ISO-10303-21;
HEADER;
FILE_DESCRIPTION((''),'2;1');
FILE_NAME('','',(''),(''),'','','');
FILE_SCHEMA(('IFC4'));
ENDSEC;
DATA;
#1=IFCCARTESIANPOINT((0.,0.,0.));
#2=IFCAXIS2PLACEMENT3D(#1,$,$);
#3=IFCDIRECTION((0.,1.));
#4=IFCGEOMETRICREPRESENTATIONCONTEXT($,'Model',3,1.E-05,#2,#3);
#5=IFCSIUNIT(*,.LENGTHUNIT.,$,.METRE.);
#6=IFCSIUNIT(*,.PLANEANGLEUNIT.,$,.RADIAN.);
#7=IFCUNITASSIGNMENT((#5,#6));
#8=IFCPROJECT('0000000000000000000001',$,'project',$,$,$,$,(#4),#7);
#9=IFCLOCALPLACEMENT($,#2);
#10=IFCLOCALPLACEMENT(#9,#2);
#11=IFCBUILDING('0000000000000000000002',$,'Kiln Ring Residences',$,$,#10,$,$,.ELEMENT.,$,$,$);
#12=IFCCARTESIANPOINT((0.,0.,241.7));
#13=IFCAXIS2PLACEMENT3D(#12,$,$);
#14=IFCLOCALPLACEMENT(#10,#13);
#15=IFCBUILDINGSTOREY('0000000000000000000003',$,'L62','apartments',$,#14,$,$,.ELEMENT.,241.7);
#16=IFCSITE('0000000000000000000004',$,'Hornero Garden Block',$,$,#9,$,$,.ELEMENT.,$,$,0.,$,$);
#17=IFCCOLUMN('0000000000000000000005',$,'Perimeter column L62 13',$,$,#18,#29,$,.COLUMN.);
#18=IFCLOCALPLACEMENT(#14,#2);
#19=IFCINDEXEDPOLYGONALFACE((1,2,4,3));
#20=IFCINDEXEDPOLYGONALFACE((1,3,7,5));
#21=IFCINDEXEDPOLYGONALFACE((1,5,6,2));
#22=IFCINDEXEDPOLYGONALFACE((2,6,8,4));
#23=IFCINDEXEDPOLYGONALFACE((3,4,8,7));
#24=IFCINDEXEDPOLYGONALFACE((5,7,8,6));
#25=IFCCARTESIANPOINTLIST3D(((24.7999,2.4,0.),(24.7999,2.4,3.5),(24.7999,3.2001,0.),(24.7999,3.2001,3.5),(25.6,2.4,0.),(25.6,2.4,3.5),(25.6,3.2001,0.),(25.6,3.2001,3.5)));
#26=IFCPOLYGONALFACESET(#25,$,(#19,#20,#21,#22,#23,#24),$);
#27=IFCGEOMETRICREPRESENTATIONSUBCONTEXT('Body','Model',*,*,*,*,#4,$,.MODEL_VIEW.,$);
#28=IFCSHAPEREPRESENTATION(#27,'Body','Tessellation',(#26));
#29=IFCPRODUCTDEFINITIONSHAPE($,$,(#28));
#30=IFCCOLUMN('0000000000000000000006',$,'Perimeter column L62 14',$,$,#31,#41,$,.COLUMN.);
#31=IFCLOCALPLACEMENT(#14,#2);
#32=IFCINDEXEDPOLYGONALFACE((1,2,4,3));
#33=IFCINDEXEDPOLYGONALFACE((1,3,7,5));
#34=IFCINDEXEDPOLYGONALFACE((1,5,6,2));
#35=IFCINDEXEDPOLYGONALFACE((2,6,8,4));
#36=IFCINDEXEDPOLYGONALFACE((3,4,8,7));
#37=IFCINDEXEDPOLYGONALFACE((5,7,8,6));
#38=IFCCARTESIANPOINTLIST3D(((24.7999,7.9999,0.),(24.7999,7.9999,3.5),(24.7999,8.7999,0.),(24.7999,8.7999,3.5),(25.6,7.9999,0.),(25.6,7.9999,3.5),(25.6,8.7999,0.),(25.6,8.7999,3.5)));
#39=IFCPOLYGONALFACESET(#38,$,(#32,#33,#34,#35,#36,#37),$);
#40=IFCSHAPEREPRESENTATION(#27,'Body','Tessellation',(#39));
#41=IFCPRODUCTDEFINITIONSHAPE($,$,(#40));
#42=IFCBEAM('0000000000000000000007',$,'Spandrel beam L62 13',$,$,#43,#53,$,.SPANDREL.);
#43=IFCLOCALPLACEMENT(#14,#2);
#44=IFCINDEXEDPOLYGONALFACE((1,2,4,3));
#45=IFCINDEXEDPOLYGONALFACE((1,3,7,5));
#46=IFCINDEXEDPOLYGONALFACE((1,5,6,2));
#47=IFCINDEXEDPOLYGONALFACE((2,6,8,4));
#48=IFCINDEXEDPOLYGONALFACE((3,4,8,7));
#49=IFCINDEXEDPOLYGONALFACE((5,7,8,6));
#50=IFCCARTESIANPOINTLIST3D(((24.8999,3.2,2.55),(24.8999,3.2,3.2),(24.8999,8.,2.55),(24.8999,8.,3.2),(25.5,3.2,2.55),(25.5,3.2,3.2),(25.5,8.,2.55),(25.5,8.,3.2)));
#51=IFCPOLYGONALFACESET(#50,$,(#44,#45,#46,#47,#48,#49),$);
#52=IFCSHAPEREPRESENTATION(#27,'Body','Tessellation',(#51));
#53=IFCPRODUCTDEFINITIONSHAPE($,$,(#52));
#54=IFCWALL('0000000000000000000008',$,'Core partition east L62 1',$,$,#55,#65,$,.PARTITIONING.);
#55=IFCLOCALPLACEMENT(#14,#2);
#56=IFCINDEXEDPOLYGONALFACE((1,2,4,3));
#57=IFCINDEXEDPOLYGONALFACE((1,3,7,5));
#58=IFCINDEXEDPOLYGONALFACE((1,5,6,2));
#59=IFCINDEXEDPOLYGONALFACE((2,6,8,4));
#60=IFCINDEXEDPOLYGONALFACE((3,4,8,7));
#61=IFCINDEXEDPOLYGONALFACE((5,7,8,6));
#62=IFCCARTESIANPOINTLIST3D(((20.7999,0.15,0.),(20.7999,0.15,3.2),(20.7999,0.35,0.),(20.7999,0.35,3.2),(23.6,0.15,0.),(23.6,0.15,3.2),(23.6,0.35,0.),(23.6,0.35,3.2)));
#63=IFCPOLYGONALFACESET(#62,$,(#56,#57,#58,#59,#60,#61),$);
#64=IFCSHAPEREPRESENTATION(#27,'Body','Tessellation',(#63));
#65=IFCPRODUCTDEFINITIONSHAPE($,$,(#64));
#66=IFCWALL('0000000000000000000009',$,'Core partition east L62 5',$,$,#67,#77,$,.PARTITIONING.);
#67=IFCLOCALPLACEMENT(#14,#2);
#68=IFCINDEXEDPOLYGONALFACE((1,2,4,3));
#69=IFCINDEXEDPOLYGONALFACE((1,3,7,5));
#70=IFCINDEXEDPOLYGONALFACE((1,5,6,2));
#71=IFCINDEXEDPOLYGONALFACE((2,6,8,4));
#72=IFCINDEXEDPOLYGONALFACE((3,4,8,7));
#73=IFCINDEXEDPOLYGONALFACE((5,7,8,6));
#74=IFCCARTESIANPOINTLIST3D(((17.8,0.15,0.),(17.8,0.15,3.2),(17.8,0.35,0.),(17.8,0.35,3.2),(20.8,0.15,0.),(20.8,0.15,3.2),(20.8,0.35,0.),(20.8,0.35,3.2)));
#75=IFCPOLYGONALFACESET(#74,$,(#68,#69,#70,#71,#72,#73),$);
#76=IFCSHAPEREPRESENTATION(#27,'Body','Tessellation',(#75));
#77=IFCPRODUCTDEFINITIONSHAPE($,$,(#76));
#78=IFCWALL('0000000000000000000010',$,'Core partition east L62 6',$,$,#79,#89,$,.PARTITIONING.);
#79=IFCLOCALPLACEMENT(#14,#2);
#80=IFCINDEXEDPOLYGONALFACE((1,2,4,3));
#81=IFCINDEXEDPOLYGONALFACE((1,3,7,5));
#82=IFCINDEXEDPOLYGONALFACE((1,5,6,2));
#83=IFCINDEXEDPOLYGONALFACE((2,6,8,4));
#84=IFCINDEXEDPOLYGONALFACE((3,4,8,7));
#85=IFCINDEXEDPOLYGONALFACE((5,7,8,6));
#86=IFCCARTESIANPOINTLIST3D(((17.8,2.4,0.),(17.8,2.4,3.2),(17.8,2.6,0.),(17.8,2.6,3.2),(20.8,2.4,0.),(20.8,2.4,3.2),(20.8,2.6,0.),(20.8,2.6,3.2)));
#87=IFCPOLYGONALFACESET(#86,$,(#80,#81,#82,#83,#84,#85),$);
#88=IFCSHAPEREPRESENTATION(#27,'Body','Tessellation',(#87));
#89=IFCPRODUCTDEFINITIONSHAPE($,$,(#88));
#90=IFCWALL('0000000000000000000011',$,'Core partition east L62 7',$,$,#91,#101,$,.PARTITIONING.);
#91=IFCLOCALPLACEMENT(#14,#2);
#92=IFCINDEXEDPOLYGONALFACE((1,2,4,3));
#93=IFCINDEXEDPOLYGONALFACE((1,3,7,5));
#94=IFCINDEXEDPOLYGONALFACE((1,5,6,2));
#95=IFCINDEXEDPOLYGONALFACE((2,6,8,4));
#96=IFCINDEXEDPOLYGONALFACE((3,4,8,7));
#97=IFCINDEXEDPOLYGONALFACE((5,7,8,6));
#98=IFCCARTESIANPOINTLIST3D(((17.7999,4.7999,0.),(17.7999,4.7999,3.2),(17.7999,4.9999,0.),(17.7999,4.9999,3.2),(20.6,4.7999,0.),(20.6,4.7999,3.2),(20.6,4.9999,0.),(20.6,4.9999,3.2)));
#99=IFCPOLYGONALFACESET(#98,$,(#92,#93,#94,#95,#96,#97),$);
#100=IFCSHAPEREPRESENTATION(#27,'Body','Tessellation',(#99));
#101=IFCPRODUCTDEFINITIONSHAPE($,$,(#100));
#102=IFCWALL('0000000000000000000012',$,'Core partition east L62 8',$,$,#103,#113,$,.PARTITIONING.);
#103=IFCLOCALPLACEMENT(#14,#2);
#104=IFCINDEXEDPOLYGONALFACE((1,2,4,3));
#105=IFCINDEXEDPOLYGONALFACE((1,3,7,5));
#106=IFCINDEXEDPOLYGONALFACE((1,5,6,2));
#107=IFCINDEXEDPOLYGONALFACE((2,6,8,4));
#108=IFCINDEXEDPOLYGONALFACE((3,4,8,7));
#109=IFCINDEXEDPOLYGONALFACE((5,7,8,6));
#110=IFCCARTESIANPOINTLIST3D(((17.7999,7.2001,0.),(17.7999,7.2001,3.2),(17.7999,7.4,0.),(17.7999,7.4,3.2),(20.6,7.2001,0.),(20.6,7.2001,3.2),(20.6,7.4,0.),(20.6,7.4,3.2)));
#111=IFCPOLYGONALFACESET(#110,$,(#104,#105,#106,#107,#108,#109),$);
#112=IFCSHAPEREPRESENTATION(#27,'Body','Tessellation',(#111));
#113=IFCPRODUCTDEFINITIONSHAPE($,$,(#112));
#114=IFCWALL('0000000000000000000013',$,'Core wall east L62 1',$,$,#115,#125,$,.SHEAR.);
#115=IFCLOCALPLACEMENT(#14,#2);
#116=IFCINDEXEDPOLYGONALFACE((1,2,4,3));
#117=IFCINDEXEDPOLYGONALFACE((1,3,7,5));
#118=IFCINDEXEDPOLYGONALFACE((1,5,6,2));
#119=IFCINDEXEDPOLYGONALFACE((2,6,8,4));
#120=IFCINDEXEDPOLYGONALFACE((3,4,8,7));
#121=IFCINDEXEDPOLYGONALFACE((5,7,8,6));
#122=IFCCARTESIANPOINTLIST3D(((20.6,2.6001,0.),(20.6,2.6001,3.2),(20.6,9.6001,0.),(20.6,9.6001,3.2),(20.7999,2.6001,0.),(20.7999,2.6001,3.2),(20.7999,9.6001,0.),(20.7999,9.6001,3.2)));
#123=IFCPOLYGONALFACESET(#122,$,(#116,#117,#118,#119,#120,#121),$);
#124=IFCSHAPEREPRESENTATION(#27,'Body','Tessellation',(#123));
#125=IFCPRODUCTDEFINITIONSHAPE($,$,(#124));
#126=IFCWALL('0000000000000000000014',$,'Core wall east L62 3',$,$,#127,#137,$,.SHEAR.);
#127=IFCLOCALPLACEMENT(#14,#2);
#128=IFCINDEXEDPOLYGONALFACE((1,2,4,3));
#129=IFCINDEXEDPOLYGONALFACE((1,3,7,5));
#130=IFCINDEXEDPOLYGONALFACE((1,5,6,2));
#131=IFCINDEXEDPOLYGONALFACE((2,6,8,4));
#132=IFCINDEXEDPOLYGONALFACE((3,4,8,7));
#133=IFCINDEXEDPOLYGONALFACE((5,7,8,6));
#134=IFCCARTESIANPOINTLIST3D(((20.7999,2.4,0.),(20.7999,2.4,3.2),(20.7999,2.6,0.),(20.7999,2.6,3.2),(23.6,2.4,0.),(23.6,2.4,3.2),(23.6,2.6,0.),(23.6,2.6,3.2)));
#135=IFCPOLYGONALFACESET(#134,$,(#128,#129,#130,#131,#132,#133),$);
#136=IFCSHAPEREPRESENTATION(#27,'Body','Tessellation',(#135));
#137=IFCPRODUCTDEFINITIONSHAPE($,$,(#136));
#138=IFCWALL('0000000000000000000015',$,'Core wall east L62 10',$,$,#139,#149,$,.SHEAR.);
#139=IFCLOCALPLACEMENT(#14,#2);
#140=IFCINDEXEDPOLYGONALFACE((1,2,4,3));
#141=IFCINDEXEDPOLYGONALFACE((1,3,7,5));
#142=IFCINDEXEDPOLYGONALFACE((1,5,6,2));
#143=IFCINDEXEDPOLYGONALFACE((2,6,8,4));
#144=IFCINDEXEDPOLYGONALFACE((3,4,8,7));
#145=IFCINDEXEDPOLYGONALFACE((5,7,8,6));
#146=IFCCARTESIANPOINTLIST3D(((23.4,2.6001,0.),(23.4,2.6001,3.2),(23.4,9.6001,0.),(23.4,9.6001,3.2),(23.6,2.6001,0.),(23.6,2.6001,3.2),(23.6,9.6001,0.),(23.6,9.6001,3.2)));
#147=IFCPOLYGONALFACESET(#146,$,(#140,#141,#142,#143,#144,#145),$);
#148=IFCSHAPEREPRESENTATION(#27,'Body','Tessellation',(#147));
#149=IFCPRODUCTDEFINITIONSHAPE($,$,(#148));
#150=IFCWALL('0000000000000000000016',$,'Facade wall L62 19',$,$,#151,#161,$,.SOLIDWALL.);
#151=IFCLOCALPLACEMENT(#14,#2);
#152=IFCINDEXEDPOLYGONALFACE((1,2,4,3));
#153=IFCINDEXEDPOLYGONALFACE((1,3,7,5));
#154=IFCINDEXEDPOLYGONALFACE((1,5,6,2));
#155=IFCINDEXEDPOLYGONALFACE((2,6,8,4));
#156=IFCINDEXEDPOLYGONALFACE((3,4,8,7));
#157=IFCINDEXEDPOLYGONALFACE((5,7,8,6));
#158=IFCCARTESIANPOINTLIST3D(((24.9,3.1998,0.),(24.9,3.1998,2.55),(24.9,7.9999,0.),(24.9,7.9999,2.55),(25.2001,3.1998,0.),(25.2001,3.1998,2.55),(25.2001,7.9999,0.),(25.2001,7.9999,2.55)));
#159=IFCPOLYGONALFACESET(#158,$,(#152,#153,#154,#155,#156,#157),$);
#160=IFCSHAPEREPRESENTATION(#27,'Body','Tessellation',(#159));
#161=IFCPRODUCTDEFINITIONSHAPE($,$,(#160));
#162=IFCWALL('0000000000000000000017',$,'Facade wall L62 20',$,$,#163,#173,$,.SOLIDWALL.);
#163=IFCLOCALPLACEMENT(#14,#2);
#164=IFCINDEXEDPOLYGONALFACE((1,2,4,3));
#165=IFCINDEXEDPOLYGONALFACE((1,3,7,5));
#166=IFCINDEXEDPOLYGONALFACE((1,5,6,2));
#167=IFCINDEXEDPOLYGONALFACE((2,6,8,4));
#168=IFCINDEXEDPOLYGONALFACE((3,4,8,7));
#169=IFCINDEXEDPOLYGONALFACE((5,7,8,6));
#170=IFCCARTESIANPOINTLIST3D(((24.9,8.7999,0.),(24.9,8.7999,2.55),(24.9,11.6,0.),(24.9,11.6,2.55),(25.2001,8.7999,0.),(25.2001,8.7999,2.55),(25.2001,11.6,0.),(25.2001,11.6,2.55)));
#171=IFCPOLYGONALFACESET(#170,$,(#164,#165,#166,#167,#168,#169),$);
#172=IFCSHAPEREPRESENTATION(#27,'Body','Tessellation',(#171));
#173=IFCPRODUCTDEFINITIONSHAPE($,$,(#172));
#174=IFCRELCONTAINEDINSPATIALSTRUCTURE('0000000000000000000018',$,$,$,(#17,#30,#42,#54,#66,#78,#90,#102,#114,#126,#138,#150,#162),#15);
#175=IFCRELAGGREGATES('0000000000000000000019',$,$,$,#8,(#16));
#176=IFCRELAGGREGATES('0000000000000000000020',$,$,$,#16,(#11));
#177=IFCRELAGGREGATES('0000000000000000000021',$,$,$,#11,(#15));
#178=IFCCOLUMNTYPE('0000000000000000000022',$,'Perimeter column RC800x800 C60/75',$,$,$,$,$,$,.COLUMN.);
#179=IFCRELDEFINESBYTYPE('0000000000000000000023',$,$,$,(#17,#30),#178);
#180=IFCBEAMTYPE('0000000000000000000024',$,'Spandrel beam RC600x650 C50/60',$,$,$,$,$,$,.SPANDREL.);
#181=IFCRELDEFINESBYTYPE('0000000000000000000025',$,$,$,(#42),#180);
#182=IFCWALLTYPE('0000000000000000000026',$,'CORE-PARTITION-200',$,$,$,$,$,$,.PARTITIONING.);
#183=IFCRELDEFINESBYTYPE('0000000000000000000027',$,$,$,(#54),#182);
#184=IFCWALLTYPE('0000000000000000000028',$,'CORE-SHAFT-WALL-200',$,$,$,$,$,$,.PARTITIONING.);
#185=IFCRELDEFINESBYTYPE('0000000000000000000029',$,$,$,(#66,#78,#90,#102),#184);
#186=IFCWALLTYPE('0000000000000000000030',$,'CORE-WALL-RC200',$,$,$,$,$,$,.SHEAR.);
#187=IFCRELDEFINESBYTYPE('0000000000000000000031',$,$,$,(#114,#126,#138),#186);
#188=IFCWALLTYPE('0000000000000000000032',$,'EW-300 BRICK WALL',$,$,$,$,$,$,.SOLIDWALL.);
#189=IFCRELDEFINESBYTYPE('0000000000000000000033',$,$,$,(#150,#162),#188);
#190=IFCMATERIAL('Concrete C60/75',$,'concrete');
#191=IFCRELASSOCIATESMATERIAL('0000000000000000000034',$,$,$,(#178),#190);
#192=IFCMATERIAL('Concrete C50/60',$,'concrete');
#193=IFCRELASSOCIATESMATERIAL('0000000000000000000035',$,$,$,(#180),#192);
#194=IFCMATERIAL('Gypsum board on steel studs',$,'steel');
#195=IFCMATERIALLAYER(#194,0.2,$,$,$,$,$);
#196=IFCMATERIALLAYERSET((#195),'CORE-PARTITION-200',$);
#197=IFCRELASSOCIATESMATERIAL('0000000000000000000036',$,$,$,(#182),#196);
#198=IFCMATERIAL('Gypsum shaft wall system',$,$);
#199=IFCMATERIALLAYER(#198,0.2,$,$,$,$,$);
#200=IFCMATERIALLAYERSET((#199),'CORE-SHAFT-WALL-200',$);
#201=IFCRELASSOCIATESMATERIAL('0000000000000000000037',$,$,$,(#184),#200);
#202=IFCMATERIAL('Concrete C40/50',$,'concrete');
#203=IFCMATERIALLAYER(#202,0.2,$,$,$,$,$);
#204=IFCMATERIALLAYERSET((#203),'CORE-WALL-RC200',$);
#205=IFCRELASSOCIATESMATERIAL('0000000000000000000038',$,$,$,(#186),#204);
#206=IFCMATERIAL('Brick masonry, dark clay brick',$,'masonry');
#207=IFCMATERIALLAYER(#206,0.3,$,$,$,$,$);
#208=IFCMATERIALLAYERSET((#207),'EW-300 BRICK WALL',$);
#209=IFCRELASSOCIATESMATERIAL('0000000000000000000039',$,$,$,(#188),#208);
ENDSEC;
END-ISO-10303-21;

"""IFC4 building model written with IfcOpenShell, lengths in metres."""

from ifc_helpers import new_model, si_unit, direction, frame, frame_2d, origin, origin_2d, place, context, subcontext, project, spatial, rectangle, extrude, material, layer, layer_set, material_profile, profile_set, type_object, element, save


model = new_model("IFC4")

# Units and contexts
model_context = context("Model", 3, precision=1e-05, world=origin(), true_north=direction((0.0, 1.0)))
body_context = subcontext(model_context, "Body", "Model", "MODEL_VIEW")
ifc_project = project(units=[si_unit("LENGTHUNIT", "METRE"), si_unit("PLANEANGLEUNIT", "RADIAN")], contexts=[model_context])

# Site, building, storey
site_placement = place(None, origin())
site = spatial("IfcSite", under=ifc_project, at=site_placement, Name="Hornero Garden Block", CompositionType="ELEMENT", RefElevation=0.0)
building_placement = place(site_placement, origin())
building = spatial("IfcBuilding", under=site, at=building_placement, Name="Kiln Ring Residences", CompositionType="ELEMENT")
storey_placement = place(building_placement, frame((0.0, 0.0, 241.7)))
storey = spatial("IfcBuildingStorey", under=building, at=storey_placement, Name="L62", Description="apartments", CompositionType="ELEMENT", Elevation=241.7)

# Columns
ifc_material_1 = material(Name="Concrete C60/75", Category="concrete")
ifc_material_profile_1 = material_profile(ifc_material_1, rectangle(XDim=0.8, YDim=0.8, at=origin_2d()), Name="RC800x800")
ifc_profile_set_1 = profile_set([ifc_material_profile_1], Name="Concrete C60/75")
column_type = type_object("IfcColumnType", Name="Perimeter column RC800x800 C60/75", PredefinedType="COLUMN", material=ifc_profile_set_1)
for number, where, z_axis, x_axis, name in (
    (1, (25.2, 2.8, 0.0), (0.0, 0.0, 1.0), (1.0, 0.0, 0.0), "Perimeter column L62 13"),
    (2, (25.2, 8.3999, 0.0), (0.0, 0.0, 1.0), (1.0, 0.0, 0.0), "Perimeter column L62 14"),
):
    element("IfcColumn", number, at=place(storey_placement, frame(where, z_axis=z_axis, x_axis=x_axis)), inside=storey, type_object=column_type, Name=name, PredefinedType="COLUMN", context=body_context, shape_type="SweptSolid", body=[
        extrude(rectangle(XDim=0.8, YDim=0.8, at=origin_2d()), origin(), (0.0, 0.0, 1.0), 3.5),
    ])

# Beam
ifc_material_2 = material(Name="Concrete C50/60", Category="concrete")
ifc_material_profile_2 = material_profile(ifc_material_2, rectangle(XDim=0.6001, YDim=0.6499, at=origin_2d()), Name="RC600x650")
ifc_profile_set_2 = profile_set([ifc_material_profile_2], Name="Concrete C50/60")
beam_type = type_object("IfcBeamType", Name="Spandrel beam RC600x650 C50/60", PredefinedType="SPANDREL", material=ifc_profile_set_2)
beam_placement = place(storey_placement, frame((25.2, 3.2, 2.875), z_axis=(0.0, 1.0, 0.0), x_axis=(-1.0, 0.0, 0.0)))
element("IfcBeam", 3, at=beam_placement, inside=storey, type_object=beam_type, Name="Spandrel beam L62 13", PredefinedType="SPANDREL", context=body_context, shape_type="SweptSolid", body=[
    extrude(rectangle(XDim=0.6001, YDim=0.6499, at=origin_2d()), origin(), (0.0, 0.0, 1.0), 4.8),
])

# Walls
ifc_material_3 = material(Name="Gypsum board on steel studs", Category="steel")
ifc_layer_1 = layer(ifc_material_3, 0.2)
ifc_layer_set_1 = layer_set([ifc_layer_1], Name="CORE-PARTITION-200")
wall_type_1 = type_object("IfcWallType", Name="CORE-PARTITION-200", PredefinedType="PARTITIONING", material=ifc_layer_set_1)
wall_1_placement = place(storey_placement, frame((20.8, 0.25, 0.0), z_axis=(0.0, 0.0, 1.0), x_axis=(1.0, 0.0, 0.0)))
element("IfcWall", 4, at=wall_1_placement, inside=storey, type_object=wall_type_1, Name="Core partition east L62 1", PredefinedType="PARTITIONING", context=body_context, shape_type="SweptSolid", body=[
    extrude(rectangle(XDim=2.8, YDim=0.2, at=frame_2d((1.3999, 0.0))), origin(), (0.0, 0.0, 1.0), 3.2),
])
ifc_material_4 = material(Name="Gypsum shaft wall system")
ifc_layer_2 = layer(ifc_material_4, 0.2)
ifc_layer_set_2 = layer_set([ifc_layer_2], Name="CORE-SHAFT-WALL-200")
wall_type_2 = type_object("IfcWallType", Name="CORE-SHAFT-WALL-200", PredefinedType="PARTITIONING", material=ifc_layer_set_2)
for number, where, z_axis, x_axis, name in (
    (5, (17.8, 0.25, 0.0), (0.0, 0.0, 1.0), (1.0, 0.0, 0.0), "Core partition east L62 5"),
    (6, (17.8, 2.5, 0.0), (0.0, 0.0, 1.0), (1.0, 0.0, 0.0), "Core partition east L62 6"),
):
    element("IfcWall", number, at=place(storey_placement, frame(where, z_axis=z_axis, x_axis=x_axis)), inside=storey, type_object=wall_type_2, Name=name, PredefinedType="PARTITIONING", context=body_context, shape_type="SweptSolid", body=[
        extrude(rectangle(XDim=3.0, YDim=0.2, at=frame_2d((1.5, 0.0))), origin(), (0.0, 0.0, 1.0), 3.2),
    ])
for number, where, z_axis, x_axis, name in (
    (7, (17.8, 4.8999, 0.0), (0.0, 0.0, 1.0), (1.0, 0.0, 0.0), "Core partition east L62 7"),
    (8, (17.8, 7.3, 0.0), (0.0, 0.0, 1.0), (1.0, 0.0, 0.0), "Core partition east L62 8"),
):
    element("IfcWall", number, at=place(storey_placement, frame(where, z_axis=z_axis, x_axis=x_axis)), inside=storey, type_object=wall_type_2, Name=name, PredefinedType="PARTITIONING", context=body_context, shape_type="SweptSolid", body=[
        extrude(rectangle(XDim=2.8, YDim=0.2, at=frame_2d((1.3999, 0.0))), origin(), (0.0, 0.0, 1.0), 3.2),
    ])
ifc_material_5 = material(Name="Concrete C40/50", Category="concrete")
ifc_layer_3 = layer(ifc_material_5, 0.2)
ifc_layer_set_3 = layer_set([ifc_layer_3], Name="CORE-WALL-RC200")
wall_type_3 = type_object("IfcWallType", Name="CORE-WALL-RC200", PredefinedType="SHEAR", material=ifc_layer_set_3)
wall_2_placement = place(storey_placement, frame((20.7, 2.6001, 0.0), z_axis=(0.0, 0.0, 1.0), x_axis=(0.0, 1.0, 0.0)))
element("IfcWall", 9, at=wall_2_placement, inside=storey, type_object=wall_type_3, Name="Core wall east L62 1", PredefinedType="SHEAR", context=body_context, shape_type="SweptSolid", body=[
    extrude(rectangle(XDim=7.0, YDim=0.2, at=frame_2d((3.5, 0.0))), origin(), (0.0, 0.0, 1.0), 3.2),
])
wall_3_placement = place(storey_placement, frame((20.8, 2.5, 0.0), z_axis=(0.0, 0.0, 1.0), x_axis=(1.0, 0.0, 0.0)))
element("IfcWall", 10, at=wall_3_placement, inside=storey, type_object=wall_type_3, Name="Core wall east L62 3", PredefinedType="SHEAR", context=body_context, shape_type="SweptSolid", body=[
    extrude(rectangle(XDim=2.8, YDim=0.2, at=frame_2d((1.3999, 0.0))), origin(), (0.0, 0.0, 1.0), 3.2),
])
wall_4_placement = place(storey_placement, frame((23.5, 2.6001, 0.0), z_axis=(0.0, 0.0, 1.0), x_axis=(0.0, 1.0, 0.0)))
element("IfcWall", 11, at=wall_4_placement, inside=storey, type_object=wall_type_3, Name="Core wall east L62 10", PredefinedType="SHEAR", context=body_context, shape_type="SweptSolid", body=[
    extrude(rectangle(XDim=7.0, YDim=0.2, at=frame_2d((3.5, 0.0))), origin(), (0.0, 0.0, 1.0), 3.2),
])
ifc_material_6 = material(Name="Brick masonry, dark clay brick", Category="masonry")
ifc_layer_4 = layer(ifc_material_6, 0.3)
ifc_layer_set_4 = layer_set([ifc_layer_4], Name="EW-300 BRICK WALL")
wall_type_4 = type_object("IfcWallType", Name="EW-300 BRICK WALL", PredefinedType="SOLIDWALL", material=ifc_layer_set_4)
wall_5_placement = place(storey_placement, frame((25.05, 3.2, 0.0), z_axis=(0.0, 0.0, 1.0), x_axis=(0.0, 1.0, 0.0)))
element("IfcWall", 12, at=wall_5_placement, inside=storey, type_object=wall_type_4, Name="Facade wall L62 19", PredefinedType="SOLIDWALL", context=body_context, shape_type="SweptSolid", body=[
    extrude(rectangle(XDim=4.8, YDim=0.3, at=frame_2d((2.3999, 0.0))), origin(), (0.0, 0.0, 1.0), 2.55),
])
wall_6_placement = place(storey_placement, frame((25.05, 8.8, 0.0), z_axis=(0.0, 0.0, 1.0), x_axis=(0.0, 1.0, 0.0)))
element("IfcWall", 13, at=wall_6_placement, inside=storey, type_object=wall_type_4, Name="Facade wall L62 20", PredefinedType="SOLIDWALL", context=body_context, shape_type="SweptSolid", body=[
    extrude(rectangle(XDim=2.8, YDim=0.3, at=frame_2d((1.3999, 0.0))), origin(), (0.0, 0.0, 1.0), 2.55),
])

save(model, "model.ifc")
